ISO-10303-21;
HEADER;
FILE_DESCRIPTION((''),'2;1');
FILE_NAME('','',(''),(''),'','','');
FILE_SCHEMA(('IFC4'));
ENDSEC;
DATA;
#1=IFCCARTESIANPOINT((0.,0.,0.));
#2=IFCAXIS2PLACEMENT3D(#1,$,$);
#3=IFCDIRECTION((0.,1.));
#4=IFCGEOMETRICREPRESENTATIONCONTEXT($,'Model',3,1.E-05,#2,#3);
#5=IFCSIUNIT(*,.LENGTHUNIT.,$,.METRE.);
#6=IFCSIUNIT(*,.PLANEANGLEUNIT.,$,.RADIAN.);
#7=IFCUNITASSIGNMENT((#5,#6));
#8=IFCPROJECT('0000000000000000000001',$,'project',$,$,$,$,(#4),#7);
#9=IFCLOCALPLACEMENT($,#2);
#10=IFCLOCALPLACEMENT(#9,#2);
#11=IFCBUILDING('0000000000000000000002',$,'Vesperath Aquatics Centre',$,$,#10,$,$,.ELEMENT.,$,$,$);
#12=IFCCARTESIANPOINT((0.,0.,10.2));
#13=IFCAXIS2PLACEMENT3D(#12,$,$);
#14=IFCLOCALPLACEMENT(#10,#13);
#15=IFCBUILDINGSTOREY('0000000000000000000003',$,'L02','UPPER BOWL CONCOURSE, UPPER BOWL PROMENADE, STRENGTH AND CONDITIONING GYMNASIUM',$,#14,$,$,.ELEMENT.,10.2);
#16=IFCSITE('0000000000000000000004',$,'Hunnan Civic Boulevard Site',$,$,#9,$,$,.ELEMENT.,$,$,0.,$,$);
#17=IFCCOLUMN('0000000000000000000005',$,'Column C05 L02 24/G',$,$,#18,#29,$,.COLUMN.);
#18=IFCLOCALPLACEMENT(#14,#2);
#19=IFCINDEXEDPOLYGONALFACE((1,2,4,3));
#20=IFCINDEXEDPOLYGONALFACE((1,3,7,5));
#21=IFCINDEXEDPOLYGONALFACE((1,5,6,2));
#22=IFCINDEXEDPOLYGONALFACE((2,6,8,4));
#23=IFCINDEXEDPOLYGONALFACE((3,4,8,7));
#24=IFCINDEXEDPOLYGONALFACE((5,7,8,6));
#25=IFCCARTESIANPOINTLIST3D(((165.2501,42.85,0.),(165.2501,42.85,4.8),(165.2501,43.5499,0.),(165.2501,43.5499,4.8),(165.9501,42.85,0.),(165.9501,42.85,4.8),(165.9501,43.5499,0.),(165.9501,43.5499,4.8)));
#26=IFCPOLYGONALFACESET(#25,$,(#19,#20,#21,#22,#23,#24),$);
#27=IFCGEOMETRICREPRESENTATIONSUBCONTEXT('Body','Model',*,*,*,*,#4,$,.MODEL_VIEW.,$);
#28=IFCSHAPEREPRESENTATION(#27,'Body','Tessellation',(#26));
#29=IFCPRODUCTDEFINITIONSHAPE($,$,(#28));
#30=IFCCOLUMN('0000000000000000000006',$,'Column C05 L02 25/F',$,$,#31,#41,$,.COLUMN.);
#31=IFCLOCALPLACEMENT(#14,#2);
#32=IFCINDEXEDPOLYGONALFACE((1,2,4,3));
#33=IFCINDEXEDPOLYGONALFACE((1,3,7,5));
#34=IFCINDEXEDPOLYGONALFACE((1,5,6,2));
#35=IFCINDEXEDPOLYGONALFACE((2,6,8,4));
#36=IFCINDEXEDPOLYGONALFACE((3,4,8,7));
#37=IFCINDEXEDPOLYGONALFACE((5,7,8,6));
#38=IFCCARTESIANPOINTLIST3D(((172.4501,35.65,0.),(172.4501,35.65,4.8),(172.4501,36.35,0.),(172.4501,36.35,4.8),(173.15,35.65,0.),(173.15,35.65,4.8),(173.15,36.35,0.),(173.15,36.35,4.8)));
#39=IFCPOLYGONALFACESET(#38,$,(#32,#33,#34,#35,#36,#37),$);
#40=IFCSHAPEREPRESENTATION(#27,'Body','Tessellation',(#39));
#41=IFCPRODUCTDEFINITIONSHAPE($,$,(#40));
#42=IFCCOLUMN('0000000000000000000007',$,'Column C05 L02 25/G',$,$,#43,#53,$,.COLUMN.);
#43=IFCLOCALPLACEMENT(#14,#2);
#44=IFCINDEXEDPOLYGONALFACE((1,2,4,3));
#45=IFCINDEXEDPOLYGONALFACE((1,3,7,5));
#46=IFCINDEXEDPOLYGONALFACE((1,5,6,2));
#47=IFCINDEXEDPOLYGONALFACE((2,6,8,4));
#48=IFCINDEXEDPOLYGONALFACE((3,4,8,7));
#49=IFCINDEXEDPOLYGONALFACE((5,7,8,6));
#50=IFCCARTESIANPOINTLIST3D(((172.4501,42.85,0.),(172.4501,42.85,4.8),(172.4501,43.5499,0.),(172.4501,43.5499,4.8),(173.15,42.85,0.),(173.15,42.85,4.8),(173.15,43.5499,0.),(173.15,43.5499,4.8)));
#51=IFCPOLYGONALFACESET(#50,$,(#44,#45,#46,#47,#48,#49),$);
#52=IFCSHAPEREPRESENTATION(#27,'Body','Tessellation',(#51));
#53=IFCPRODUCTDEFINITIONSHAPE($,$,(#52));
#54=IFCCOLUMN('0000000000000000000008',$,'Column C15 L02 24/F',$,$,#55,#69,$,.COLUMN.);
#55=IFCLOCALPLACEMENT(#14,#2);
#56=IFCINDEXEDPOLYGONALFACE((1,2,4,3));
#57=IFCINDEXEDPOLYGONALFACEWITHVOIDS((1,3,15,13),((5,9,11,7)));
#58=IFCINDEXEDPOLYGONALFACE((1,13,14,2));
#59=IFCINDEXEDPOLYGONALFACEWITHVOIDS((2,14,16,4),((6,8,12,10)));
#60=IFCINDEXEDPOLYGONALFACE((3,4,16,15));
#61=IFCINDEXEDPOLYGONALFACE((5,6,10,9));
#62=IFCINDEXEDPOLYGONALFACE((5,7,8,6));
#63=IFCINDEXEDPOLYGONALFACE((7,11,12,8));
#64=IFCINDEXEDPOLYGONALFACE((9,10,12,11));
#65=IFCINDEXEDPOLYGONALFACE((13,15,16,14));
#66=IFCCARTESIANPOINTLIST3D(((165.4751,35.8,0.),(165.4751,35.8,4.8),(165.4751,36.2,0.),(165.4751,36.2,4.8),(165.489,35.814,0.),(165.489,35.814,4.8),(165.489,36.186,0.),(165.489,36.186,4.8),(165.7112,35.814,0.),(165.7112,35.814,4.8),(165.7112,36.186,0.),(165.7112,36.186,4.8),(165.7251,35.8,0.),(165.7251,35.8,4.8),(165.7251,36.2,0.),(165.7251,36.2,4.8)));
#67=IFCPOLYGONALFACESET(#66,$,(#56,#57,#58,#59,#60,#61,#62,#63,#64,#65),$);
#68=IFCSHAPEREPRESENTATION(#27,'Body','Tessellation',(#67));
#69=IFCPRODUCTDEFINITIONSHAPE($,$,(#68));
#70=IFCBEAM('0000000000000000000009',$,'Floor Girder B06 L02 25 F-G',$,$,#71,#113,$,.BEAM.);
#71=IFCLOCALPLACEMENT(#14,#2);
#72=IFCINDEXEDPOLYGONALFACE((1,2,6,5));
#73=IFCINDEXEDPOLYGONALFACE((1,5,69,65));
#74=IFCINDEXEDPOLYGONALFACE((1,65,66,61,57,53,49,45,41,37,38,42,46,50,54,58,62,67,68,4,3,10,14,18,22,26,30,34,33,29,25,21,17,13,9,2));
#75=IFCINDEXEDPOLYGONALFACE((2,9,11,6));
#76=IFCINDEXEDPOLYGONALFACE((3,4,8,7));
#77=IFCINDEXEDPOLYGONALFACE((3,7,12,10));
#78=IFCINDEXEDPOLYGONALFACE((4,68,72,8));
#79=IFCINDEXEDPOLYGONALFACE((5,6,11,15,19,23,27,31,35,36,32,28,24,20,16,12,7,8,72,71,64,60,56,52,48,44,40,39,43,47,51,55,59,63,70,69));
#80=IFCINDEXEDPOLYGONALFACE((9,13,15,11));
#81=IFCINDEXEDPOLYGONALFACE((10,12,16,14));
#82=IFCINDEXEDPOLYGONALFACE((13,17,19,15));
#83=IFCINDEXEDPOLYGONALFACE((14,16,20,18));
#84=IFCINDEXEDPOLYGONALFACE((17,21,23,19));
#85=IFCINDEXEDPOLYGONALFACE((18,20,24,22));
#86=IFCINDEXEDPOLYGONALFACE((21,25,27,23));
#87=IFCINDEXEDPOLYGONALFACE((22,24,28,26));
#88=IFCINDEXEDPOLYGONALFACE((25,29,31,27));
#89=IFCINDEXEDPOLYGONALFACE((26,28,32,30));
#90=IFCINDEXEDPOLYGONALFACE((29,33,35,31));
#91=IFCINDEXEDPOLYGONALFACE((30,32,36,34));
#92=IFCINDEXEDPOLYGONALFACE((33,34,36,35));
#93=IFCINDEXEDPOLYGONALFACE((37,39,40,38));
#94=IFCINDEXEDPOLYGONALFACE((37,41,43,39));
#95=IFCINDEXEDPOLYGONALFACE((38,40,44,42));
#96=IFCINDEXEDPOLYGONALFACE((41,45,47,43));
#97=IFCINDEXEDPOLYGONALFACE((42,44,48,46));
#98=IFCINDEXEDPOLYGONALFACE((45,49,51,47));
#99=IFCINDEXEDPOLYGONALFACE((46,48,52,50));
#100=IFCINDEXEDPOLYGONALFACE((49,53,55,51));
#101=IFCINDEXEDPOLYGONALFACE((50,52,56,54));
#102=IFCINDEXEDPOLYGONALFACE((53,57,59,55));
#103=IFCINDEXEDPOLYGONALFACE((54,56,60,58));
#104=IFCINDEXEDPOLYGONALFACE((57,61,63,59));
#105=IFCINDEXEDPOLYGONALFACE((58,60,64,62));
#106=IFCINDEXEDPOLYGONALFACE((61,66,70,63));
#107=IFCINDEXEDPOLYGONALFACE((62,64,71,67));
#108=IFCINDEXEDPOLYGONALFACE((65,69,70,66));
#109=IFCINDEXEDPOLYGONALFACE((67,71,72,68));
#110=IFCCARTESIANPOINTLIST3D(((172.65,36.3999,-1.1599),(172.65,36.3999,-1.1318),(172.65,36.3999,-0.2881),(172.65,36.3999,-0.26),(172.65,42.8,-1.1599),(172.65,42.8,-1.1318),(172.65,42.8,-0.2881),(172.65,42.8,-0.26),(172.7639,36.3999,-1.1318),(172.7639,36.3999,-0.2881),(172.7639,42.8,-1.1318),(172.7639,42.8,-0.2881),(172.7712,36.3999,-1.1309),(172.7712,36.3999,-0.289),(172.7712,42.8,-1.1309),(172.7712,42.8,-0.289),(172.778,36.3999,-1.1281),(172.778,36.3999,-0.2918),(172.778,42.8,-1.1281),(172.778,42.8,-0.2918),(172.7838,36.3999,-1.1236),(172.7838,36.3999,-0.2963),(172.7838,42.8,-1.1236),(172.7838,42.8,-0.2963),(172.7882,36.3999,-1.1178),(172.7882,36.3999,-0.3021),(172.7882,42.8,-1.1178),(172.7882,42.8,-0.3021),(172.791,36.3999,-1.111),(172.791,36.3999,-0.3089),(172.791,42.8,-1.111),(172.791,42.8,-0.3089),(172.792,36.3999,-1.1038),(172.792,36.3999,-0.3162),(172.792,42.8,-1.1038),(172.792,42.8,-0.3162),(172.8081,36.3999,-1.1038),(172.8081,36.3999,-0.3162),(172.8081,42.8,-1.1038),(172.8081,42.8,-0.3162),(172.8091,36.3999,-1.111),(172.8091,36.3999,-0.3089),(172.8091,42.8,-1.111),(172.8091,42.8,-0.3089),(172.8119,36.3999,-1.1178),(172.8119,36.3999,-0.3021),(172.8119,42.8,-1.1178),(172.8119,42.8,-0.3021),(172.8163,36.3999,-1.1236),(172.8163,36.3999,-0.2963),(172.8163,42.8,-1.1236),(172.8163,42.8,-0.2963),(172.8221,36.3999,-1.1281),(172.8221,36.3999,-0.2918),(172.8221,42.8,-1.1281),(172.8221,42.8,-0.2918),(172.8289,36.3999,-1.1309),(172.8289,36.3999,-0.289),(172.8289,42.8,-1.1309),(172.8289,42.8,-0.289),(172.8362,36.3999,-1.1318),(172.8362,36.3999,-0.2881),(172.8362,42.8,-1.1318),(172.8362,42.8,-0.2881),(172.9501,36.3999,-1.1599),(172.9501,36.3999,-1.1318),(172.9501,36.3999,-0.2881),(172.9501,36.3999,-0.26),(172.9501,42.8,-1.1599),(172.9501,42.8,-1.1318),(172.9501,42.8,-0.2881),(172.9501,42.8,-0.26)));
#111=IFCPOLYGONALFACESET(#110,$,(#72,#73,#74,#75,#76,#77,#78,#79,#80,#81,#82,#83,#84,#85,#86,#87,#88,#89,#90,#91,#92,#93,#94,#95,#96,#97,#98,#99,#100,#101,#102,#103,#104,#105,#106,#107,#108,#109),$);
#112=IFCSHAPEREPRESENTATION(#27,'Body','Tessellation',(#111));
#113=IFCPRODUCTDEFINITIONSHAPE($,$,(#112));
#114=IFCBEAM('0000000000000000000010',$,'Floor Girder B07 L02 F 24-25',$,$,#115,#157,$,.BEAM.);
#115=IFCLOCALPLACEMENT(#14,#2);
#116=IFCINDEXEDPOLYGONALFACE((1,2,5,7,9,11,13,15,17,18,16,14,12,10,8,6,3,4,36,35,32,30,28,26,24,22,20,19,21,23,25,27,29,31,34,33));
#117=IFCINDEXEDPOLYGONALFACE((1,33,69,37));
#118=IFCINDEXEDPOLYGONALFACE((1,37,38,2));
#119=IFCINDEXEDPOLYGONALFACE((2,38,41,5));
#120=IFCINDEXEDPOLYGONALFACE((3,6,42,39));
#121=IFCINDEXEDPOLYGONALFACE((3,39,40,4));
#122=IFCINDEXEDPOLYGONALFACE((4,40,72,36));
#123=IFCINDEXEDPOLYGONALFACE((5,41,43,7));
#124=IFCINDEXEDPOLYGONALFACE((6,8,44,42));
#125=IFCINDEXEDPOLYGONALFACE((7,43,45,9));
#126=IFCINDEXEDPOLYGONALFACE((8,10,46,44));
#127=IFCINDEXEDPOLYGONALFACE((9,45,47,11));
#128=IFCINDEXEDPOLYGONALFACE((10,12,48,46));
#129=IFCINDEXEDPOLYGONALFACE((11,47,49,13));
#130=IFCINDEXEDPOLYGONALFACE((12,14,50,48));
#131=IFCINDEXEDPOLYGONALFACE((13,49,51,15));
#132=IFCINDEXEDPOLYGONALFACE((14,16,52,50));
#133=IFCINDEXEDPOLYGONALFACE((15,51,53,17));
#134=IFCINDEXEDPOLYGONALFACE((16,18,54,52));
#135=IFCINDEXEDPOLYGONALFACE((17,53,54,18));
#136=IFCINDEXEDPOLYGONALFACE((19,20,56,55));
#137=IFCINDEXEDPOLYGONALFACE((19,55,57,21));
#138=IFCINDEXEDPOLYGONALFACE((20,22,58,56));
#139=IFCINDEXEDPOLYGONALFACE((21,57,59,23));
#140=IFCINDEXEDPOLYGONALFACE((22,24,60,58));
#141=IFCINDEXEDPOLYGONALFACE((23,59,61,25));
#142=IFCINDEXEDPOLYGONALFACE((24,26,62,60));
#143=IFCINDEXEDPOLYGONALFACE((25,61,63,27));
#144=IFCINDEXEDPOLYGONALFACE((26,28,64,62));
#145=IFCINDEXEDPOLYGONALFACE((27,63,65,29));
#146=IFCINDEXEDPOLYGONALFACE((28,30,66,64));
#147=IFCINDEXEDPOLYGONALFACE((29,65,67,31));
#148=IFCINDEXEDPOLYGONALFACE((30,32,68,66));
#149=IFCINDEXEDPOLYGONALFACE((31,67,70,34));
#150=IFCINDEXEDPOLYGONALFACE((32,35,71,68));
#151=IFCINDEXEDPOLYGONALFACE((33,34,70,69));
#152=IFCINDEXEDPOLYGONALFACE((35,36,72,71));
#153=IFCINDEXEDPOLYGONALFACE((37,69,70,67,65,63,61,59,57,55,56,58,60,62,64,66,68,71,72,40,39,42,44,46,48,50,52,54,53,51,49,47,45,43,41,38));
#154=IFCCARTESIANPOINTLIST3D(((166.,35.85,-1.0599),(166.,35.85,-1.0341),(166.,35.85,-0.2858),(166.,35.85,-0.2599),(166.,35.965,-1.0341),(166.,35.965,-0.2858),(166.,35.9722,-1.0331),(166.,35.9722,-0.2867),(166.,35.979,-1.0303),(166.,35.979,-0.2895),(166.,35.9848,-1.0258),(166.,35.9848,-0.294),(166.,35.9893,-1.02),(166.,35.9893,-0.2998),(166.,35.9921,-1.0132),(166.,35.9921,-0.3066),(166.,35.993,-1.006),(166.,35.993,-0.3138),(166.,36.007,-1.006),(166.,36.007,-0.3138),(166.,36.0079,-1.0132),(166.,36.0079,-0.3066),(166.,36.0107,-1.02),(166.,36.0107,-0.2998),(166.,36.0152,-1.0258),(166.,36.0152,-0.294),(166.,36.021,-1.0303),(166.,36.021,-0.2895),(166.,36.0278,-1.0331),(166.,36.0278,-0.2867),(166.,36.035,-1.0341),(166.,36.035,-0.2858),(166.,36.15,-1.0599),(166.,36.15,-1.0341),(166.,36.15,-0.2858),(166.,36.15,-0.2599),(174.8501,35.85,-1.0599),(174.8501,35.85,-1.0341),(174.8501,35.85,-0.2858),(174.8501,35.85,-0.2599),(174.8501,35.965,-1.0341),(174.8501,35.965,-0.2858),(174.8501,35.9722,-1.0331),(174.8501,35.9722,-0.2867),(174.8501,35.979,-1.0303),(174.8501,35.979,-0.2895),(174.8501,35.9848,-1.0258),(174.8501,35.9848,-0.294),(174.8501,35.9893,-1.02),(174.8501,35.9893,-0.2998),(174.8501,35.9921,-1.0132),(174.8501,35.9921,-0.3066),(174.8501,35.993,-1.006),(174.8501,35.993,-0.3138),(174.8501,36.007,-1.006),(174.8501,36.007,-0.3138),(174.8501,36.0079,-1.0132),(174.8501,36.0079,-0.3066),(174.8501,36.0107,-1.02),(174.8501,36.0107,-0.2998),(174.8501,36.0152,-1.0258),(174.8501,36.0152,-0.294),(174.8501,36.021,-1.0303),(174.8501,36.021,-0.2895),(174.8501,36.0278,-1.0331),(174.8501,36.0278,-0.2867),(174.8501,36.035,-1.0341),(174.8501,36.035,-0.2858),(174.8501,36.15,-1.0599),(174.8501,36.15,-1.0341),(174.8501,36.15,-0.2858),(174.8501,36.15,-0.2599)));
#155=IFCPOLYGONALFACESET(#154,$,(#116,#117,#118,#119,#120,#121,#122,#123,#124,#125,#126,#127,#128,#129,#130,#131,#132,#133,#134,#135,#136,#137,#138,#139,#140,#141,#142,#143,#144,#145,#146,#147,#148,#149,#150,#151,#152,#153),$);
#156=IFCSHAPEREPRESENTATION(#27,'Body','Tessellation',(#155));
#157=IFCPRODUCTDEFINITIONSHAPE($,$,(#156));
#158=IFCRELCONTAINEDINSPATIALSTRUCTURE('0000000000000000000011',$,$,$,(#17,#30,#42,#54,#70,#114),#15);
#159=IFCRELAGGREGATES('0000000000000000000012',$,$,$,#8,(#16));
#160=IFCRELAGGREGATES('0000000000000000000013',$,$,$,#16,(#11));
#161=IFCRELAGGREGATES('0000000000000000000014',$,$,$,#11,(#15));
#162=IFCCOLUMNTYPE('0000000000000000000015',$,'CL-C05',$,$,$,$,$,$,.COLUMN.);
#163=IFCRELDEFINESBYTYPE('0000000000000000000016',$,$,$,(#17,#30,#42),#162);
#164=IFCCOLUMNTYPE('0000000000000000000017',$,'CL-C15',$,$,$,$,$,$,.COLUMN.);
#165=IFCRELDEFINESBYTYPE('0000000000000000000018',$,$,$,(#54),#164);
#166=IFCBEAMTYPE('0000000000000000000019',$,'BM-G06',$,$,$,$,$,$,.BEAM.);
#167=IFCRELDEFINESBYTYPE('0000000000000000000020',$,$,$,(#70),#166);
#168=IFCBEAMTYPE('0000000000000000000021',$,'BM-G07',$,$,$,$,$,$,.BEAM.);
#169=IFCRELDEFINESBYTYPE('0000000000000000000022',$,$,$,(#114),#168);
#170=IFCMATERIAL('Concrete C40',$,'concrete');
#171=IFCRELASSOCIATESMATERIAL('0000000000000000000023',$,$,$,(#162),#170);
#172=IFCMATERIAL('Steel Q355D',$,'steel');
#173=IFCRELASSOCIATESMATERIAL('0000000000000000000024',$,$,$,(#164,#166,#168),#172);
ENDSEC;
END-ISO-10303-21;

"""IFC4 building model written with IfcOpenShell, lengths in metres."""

from ifc_helpers import new_model, si_unit, direction, frame, origin, origin_2d, place, context, subcontext, project, spatial, rectangle, hollow_rectangle, i_section, extrude, material, material_profile, profile_set, type_object, element, save


model = new_model("IFC4")

# Units and contexts
model_context = context("Model", 3, precision=1e-05, world=origin(), true_north=direction((0.0, 1.0)))
body_context = subcontext(model_context, "Body", "Model", "MODEL_VIEW")
ifc_project = project(units=[si_unit("LENGTHUNIT", "METRE"), si_unit("PLANEANGLEUNIT", "RADIAN")], contexts=[model_context])

# Site, building, storey
site_placement = place(None, origin())
site = spatial("IfcSite", under=ifc_project, at=site_placement, Name="Hunnan Civic Boulevard Site", CompositionType="ELEMENT", RefElevation=0.0)
building_placement = place(site_placement, origin())
building = spatial("IfcBuilding", under=site, at=building_placement, Name="Vesperath Aquatics Centre", CompositionType="ELEMENT")
storey_placement = place(building_placement, frame((0.0, 0.0, 10.2)))
storey = spatial("IfcBuildingStorey", under=building, at=storey_placement, Name="L02", Description="UPPER BOWL CONCOURSE, UPPER BOWL PROMENADE, STRENGTH AND CONDITIONING GYMNASIUM", CompositionType="ELEMENT", Elevation=10.2)

# Columns
ifc_material_1 = material(Name="Concrete C40", Category="concrete")
ifc_material_profile_1 = material_profile(ifc_material_1, rectangle(XDim=0.7, YDim=0.7, at=origin_2d()), Name="RC 700x700")
ifc_profile_set_1 = profile_set([ifc_material_profile_1], Name="Concrete C40")
column_type_1 = type_object("IfcColumnType", Name="CL-C05", PredefinedType="COLUMN", material=ifc_profile_set_1)
for number, where, z_axis, x_axis, name in (
    (1, (165.6001, 43.2, 0.0), (0.0, 0.0, 1.0), (1.0, 0.0, 0.0), "Column C05 L02 24/G"),
    (2, (172.8, 36.0, 0.0), (0.0, 0.0, 1.0), (1.0, 0.0, 0.0), "Column C05 L02 25/F"),
    (3, (172.8, 43.2, 0.0), (0.0, 0.0, 1.0), (1.0, 0.0, 0.0), "Column C05 L02 25/G"),
):
    element("IfcColumn", number, at=place(storey_placement, frame(where, z_axis=z_axis, x_axis=x_axis)), inside=storey, type_object=column_type_1, Name=name, PredefinedType="COLUMN", context=body_context, shape_type="SweptSolid", body=[
        extrude(rectangle(XDim=0.7, YDim=0.7, at=origin_2d()), origin(), (0.0, 0.0, 1.0), 4.8),
    ])
ifc_material_2 = material(Name="Steel Q355D", Category="steel")
ifc_material_profile_2 = material_profile(ifc_material_2, hollow_rectangle(XDim=0.25, YDim=0.3999, WallThickness=0.0139, at=origin_2d()), Name="RHS 400x250x14")
ifc_profile_set_2 = profile_set([ifc_material_profile_2], Name="Steel Q355D")
column_type_2 = type_object("IfcColumnType", Name="CL-C15", PredefinedType="COLUMN", material=ifc_profile_set_2)
column_placement = place(storey_placement, frame((165.6001, 36.0, 0.0), z_axis=(0.0, 0.0, 1.0), x_axis=(1.0, 0.0, 0.0)))
element("IfcColumn", 4, at=column_placement, inside=storey, type_object=column_type_2, Name="Column C15 L02 24/F", PredefinedType="COLUMN", context=body_context, shape_type="SweptSolid", body=[
    extrude(hollow_rectangle(XDim=0.25, YDim=0.3999, WallThickness=0.0139, at=origin_2d()), origin(), (0.0, 0.0, 1.0), 4.8),
])

# Beams
ifc_material_profile_3 = material_profile(ifc_material_2, i_section(OverallWidth=0.3, OverallDepth=0.8999, WebThickness=0.0161, FlangeThickness=0.0281, FilletRadius=0.0281, at=origin_2d()), Name="HN 900x300x16x28")
ifc_profile_set_3 = profile_set([ifc_material_profile_3], Name="Steel Q355D")
beam_type_1 = type_object("IfcBeamType", Name="BM-G06", PredefinedType="BEAM", material=ifc_profile_set_3)
beam_1_placement = place(storey_placement, frame((172.8, 36.3999, -0.71), z_axis=(0.0, 1.0, 0.0), x_axis=(-1.0, 0.0, 0.0)))
element("IfcBeam", 5, at=beam_1_placement, inside=storey, type_object=beam_type_1, Name="Floor Girder B06 L02 25 F-G", PredefinedType="BEAM", context=body_context, shape_type="SweptSolid", body=[
    extrude(i_section(OverallWidth=0.3, OverallDepth=0.8999, WebThickness=0.0161, FlangeThickness=0.0281, FilletRadius=0.0281, at=origin_2d()), origin(), (0.0, 0.0, 1.0), 6.4001),
])
ifc_material_profile_4 = material_profile(ifc_material_2, i_section(OverallWidth=0.3, OverallDepth=0.8, WebThickness=0.0139, FlangeThickness=0.0259, FilletRadius=0.0281, at=origin_2d()), Name="HN 800x300x14x26")
ifc_profile_set_4 = profile_set([ifc_material_profile_4], Name="Steel Q355D")
beam_type_2 = type_object("IfcBeamType", Name="BM-G07", PredefinedType="BEAM", material=ifc_profile_set_4)
beam_2_placement = place(storey_placement, frame((166.0, 36.0, -0.6599), z_axis=(1.0, 0.0, 0.0), x_axis=(0.0, 1.0, 0.0)))
element("IfcBeam", 6, at=beam_2_placement, inside=storey, type_object=beam_type_2, Name="Floor Girder B07 L02 F 24-25", PredefinedType="BEAM", context=body_context, shape_type="SweptSolid", body=[
    extrude(i_section(OverallWidth=0.3, OverallDepth=0.8, WebThickness=0.0139, FlangeThickness=0.0259, FilletRadius=0.0281, at=origin_2d()), origin(), (0.0, 0.0, 1.0), 8.8501),
])

save(model, "model.ifc")
